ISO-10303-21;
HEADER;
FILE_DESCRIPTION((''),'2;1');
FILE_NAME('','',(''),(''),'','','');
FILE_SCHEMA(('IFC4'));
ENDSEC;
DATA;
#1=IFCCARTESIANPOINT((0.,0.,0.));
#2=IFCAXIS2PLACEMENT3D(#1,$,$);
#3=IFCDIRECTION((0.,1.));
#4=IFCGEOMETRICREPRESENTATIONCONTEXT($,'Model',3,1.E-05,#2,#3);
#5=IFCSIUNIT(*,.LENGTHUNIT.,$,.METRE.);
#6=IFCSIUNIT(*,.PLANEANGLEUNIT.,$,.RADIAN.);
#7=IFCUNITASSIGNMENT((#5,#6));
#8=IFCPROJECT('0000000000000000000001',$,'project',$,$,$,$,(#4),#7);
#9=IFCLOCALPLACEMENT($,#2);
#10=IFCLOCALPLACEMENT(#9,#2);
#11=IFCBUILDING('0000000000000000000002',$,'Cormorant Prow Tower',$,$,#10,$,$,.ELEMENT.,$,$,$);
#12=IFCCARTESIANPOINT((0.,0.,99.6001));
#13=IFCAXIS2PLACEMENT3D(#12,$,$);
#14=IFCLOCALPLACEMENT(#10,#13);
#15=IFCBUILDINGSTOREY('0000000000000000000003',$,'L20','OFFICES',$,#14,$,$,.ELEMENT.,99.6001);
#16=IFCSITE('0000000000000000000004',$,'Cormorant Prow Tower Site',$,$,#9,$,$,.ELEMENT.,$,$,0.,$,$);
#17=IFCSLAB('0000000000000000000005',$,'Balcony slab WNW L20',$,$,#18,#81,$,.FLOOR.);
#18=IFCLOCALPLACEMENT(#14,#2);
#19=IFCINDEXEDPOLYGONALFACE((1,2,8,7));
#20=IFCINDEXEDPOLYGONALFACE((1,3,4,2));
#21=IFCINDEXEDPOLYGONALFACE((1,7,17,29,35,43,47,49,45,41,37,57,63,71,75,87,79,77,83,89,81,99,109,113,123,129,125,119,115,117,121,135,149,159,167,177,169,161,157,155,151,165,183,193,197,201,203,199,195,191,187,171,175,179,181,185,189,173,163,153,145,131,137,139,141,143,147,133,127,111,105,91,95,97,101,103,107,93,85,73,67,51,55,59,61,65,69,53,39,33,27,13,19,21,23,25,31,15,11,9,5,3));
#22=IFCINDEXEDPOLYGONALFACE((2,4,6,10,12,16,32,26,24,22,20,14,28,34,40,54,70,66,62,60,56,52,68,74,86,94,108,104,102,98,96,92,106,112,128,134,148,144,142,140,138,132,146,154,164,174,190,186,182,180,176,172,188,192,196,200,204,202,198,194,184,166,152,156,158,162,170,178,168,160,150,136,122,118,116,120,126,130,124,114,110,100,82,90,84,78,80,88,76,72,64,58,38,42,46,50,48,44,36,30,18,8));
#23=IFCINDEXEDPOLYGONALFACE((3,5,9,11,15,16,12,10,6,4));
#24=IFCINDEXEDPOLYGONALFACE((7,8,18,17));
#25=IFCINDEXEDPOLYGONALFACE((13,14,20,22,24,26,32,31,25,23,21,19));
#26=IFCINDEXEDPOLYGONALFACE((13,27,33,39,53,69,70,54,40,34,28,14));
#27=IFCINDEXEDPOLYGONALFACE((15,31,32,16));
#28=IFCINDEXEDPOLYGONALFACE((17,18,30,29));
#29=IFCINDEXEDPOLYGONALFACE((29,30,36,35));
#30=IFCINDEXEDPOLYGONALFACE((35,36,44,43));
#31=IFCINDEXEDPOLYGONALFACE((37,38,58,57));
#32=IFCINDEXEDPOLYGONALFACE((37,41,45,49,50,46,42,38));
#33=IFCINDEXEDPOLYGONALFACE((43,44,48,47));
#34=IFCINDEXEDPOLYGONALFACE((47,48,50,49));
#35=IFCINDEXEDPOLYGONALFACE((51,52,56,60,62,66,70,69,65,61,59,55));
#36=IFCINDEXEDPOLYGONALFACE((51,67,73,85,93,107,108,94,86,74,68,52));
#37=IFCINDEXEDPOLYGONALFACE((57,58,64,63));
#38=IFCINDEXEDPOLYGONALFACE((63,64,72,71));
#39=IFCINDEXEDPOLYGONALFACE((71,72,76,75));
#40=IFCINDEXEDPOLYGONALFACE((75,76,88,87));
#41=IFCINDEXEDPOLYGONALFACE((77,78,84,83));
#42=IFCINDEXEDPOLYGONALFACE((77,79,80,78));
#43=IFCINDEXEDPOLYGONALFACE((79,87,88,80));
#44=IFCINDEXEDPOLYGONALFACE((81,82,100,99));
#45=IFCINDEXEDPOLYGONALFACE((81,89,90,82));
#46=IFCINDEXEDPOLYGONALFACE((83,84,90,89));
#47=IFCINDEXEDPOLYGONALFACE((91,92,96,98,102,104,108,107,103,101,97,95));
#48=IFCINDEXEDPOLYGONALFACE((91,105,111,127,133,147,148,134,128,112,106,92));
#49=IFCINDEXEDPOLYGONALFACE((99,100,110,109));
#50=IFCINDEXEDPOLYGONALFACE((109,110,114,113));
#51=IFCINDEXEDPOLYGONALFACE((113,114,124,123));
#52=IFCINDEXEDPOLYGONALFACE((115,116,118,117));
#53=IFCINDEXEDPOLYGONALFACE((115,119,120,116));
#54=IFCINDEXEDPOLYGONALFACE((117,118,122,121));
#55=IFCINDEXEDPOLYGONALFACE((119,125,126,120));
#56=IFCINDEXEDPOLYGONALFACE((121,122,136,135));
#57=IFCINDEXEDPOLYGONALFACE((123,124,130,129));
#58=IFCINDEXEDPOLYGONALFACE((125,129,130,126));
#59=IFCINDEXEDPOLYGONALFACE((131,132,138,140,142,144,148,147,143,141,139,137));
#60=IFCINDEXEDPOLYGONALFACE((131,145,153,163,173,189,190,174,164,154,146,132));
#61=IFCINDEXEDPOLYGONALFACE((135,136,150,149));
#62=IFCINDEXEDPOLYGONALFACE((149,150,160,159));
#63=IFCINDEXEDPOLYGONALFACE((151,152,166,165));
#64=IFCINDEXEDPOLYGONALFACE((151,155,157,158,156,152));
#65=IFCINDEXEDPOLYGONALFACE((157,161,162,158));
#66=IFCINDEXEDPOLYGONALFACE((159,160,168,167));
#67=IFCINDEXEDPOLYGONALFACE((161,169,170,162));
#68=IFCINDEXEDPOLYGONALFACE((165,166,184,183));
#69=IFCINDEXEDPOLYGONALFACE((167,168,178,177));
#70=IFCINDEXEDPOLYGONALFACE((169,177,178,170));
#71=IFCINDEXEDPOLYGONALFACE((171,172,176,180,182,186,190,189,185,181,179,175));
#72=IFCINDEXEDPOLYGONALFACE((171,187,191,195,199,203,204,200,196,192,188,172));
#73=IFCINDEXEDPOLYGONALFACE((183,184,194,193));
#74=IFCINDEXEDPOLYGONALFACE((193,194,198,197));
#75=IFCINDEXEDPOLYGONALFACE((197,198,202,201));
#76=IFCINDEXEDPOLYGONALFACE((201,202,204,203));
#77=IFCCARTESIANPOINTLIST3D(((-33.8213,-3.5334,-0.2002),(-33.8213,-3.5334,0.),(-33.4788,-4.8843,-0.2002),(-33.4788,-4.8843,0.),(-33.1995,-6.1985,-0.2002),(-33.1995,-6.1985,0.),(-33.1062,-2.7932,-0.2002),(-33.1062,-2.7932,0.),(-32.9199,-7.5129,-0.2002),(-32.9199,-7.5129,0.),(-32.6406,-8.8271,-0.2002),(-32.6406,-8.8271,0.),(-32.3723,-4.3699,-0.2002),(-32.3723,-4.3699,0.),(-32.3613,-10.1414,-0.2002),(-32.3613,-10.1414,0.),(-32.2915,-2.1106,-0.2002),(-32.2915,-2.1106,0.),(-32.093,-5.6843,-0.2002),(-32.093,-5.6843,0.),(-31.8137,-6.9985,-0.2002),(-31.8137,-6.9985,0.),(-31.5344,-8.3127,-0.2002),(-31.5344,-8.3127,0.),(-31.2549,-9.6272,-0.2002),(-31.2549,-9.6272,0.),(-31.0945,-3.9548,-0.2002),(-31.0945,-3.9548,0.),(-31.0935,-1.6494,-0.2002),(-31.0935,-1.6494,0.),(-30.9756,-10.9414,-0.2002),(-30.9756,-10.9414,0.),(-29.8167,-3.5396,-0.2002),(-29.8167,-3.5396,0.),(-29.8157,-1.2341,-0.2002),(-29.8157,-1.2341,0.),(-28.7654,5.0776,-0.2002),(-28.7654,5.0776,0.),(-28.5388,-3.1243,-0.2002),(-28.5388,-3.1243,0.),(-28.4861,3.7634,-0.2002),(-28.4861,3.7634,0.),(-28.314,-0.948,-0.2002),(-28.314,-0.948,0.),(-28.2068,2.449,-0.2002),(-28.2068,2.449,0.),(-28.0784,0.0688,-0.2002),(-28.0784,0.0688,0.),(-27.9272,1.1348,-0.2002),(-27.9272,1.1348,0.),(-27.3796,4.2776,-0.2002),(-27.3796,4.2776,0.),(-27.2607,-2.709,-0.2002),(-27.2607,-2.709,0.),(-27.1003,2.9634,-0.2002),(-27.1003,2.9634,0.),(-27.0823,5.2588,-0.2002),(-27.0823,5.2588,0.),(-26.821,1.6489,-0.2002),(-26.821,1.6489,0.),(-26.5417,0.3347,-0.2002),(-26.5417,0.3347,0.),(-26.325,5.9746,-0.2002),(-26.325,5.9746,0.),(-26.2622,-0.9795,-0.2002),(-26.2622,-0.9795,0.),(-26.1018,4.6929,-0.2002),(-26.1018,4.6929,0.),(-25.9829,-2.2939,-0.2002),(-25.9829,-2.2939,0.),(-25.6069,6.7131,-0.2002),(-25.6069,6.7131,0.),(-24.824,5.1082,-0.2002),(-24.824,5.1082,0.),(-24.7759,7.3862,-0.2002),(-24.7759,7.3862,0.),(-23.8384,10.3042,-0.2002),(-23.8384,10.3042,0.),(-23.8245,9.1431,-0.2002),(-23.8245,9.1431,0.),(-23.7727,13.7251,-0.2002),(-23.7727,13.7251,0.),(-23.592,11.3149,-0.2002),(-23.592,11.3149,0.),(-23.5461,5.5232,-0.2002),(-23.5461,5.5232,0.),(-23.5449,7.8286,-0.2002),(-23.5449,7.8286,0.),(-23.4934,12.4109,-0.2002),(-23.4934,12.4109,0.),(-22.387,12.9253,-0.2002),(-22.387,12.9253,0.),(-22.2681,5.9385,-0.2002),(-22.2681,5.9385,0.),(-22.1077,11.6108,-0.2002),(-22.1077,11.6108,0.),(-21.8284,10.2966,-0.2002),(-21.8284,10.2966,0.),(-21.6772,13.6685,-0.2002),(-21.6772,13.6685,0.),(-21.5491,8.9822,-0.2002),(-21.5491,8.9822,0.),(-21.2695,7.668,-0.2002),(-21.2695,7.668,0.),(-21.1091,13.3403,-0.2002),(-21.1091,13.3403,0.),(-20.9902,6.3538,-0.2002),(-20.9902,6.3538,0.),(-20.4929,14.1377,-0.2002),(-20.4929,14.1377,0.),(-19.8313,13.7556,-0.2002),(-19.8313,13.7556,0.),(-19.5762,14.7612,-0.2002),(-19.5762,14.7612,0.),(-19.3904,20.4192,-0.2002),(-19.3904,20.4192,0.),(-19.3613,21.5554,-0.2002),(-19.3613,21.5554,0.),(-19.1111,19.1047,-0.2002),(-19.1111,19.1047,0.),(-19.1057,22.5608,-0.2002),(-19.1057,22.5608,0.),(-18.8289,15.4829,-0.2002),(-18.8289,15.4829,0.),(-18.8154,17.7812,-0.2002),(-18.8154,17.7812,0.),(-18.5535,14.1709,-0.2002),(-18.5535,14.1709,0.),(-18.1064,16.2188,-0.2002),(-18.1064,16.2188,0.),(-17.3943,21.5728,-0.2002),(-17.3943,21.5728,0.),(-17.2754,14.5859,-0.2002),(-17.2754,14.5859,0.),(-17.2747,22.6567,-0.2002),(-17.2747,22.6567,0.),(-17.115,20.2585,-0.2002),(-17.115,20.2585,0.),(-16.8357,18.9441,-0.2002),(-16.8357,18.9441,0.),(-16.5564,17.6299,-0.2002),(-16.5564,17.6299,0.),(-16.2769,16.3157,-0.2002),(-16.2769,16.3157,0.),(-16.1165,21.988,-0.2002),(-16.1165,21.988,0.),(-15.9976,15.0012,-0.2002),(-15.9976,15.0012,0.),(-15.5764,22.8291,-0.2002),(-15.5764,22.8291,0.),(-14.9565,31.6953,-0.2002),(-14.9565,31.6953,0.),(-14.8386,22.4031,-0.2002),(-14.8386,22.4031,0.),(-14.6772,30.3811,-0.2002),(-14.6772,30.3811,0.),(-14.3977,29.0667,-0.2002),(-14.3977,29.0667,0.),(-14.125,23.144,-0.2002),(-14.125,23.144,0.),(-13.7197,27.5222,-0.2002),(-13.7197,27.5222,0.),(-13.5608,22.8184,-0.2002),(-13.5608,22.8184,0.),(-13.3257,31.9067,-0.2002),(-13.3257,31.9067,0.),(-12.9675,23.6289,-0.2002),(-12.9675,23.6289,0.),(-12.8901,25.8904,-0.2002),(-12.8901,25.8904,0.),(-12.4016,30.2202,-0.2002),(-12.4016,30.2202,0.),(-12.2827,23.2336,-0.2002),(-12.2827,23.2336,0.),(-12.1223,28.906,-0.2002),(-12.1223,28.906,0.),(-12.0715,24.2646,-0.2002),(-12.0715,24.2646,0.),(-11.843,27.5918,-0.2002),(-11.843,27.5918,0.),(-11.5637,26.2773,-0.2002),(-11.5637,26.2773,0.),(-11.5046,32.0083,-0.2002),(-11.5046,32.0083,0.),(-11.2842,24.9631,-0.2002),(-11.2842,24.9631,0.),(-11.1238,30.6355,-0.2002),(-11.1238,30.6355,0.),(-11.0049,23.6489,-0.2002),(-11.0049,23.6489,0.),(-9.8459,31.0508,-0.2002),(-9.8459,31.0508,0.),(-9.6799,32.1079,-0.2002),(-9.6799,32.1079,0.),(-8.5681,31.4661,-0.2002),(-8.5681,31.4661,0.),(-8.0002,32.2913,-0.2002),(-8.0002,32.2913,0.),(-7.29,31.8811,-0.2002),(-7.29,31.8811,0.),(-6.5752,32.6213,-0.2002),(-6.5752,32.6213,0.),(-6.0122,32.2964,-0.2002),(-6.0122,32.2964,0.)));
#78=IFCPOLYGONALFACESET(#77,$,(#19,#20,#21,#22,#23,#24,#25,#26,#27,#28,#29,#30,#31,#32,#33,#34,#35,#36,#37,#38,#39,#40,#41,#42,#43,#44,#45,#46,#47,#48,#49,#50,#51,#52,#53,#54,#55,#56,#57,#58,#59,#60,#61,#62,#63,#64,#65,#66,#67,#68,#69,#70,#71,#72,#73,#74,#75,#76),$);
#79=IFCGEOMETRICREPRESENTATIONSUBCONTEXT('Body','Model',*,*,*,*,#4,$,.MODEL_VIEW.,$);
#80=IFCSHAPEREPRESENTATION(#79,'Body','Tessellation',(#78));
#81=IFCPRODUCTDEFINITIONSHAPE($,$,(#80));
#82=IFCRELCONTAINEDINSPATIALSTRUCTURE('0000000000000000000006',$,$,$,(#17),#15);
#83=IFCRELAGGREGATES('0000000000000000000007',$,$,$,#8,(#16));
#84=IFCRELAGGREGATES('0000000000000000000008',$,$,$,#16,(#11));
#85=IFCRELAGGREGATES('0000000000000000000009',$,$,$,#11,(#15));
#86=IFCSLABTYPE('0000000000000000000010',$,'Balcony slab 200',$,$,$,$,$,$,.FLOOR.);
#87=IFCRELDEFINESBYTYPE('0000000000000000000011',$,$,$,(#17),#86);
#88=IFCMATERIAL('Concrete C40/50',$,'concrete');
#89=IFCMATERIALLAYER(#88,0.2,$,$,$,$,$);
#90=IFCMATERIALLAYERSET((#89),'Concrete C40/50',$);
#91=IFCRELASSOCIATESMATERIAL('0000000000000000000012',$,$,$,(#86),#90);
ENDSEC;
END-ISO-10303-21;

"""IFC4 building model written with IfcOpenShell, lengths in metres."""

from ifc_helpers import new_model, si_unit, direction, frame, origin, place, context, subcontext, project, spatial, polyline, outline, extrude, material, layer, layer_set, type_object, element, save


model = new_model("IFC4")

# Units and contexts
model_context = context("Model", 3, precision=1e-05, world=origin(), true_north=direction((0.0, 1.0)))
body_context = subcontext(model_context, "Body", "Model", "MODEL_VIEW")
ifc_project = project(units=[si_unit("LENGTHUNIT", "METRE"), si_unit("PLANEANGLEUNIT", "RADIAN")], contexts=[model_context])

# Site, building, storey
site_placement = place(None, origin())
site = spatial("IfcSite", under=ifc_project, at=site_placement, Name="Cormorant Prow Tower Site", CompositionType="ELEMENT", RefElevation=0.0)
building_placement = place(site_placement, origin())
building = spatial("IfcBuilding", under=site, at=building_placement, Name="Cormorant Prow Tower", CompositionType="ELEMENT")
storey_placement = place(building_placement, frame((0.0, 0.0, 99.6001)))
storey = spatial("IfcBuildingStorey", under=building, at=storey_placement, Name="L20", Description="OFFICES", CompositionType="ELEMENT", Elevation=99.6001)

# Slab
ifc_material_1 = material(Name="Concrete C40/50", Category="concrete")
ifc_layer_1 = layer(ifc_material_1, 0.2)
ifc_layer_set_1 = layer_set([ifc_layer_1], Name="Concrete C40/50")
slab_type_1 = type_object("IfcSlabType", Name="Balcony slab 200", PredefinedType="FLOOR", material=ifc_layer_set_1)
slab_1_placement = place(storey_placement, frame((0.0, 0.0, -0.2002)))
element("IfcSlab", 1, at=slab_1_placement, inside=storey, type_object=slab_type_1, Name="Balcony slab WNW L20", PredefinedType="FLOOR", context=body_context, shape_type="SweptSolid", body=[
    extrude(outline(polyline([(-6.0122, 32.2964), (-6.5752, 32.6213), (-8.0002, 32.2913), (-9.6799, 32.1079), (-11.5046, 32.0083), (-13.3257, 31.9067), (-14.9565, 31.6953), (-14.6772, 30.3811), (-14.3977, 29.0667), (-13.7197, 27.5222), (-12.8901, 25.8904), (-12.0715, 24.2646), (-12.9675, 23.6289), (-14.125, 23.144), (-15.5764, 22.8291), (-17.2747, 22.6567), (-19.1057, 22.5608), (-19.3613, 21.5554), (-19.3904, 20.4192), (-19.1111, 19.1047), (-18.8154, 17.7812), (-18.1064, 16.2188), (-18.8289, 15.4829), (-19.5762, 14.7612), (-20.4929, 14.1377), (-21.6772, 13.6685), (-23.7727, 13.7251), (-23.4934, 12.4109), (-23.592, 11.3149), (-23.8384, 10.3042), (-23.8245, 9.1431), (-23.5449, 7.8286), (-24.7759, 7.3862), (-25.6069, 6.7131), (-26.325, 5.9746), (-27.0823, 5.2588), (-28.7654, 5.0776), (-28.4861, 3.7634), (-28.2068, 2.449), (-27.9272, 1.1348), (-28.0784, 0.0688), (-28.314, -0.948), (-29.8157, -1.2341), (-31.0935, -1.6494), (-32.2915, -2.1106), (-33.1062, -2.7932), (-33.8213, -3.5334), (-33.4788, -4.8843), (-33.1995, -6.1985), (-32.9199, -7.5129), (-32.6406, -8.8271), (-32.3613, -10.1414), (-30.9756, -10.9414), (-31.2549, -9.6272), (-31.5344, -8.3127), (-31.8137, -6.9985), (-32.093, -5.6843), (-32.3723, -4.3699), (-31.0945, -3.9548), (-29.8167, -3.5396), (-28.5388, -3.1243), (-27.2607, -2.709), (-25.9829, -2.2939), (-26.2622, -0.9795), (-26.5417, 0.3347), (-26.821, 1.6489), (-27.1003, 2.9634), (-27.3796, 4.2776), (-26.1018, 4.6929), (-24.824, 5.1082), (-23.5461, 5.5232), (-22.2681, 5.9385), (-20.9902, 6.3538), (-21.2695, 7.668), (-21.5491, 8.9822), (-21.8284, 10.2966), (-22.1077, 11.6108), (-22.387, 12.9253), (-21.1091, 13.3403), (-19.8313, 13.7556), (-18.5535, 14.1709), (-17.2754, 14.5859), (-15.9976, 15.0012), (-16.2769, 16.3157), (-16.5564, 17.6299), (-16.8357, 18.9441), (-17.115, 20.2585), (-17.3943, 21.5728), (-16.1165, 21.988), (-14.8386, 22.4031), (-13.5608, 22.8184), (-12.2827, 23.2336), (-11.0049, 23.6489), (-11.2842, 24.9631), (-11.5637, 26.2773), (-11.843, 27.5918), (-12.1223, 28.906), (-12.4016, 30.2202), (-11.1238, 30.6355), (-9.8459, 31.0508), (-8.5681, 31.4661), (-7.29, 31.8811), (-6.0122, 32.2964)])), origin(), (0.0, 0.0, 1.0), 0.2002),
])

save(model, "model.ifc")
